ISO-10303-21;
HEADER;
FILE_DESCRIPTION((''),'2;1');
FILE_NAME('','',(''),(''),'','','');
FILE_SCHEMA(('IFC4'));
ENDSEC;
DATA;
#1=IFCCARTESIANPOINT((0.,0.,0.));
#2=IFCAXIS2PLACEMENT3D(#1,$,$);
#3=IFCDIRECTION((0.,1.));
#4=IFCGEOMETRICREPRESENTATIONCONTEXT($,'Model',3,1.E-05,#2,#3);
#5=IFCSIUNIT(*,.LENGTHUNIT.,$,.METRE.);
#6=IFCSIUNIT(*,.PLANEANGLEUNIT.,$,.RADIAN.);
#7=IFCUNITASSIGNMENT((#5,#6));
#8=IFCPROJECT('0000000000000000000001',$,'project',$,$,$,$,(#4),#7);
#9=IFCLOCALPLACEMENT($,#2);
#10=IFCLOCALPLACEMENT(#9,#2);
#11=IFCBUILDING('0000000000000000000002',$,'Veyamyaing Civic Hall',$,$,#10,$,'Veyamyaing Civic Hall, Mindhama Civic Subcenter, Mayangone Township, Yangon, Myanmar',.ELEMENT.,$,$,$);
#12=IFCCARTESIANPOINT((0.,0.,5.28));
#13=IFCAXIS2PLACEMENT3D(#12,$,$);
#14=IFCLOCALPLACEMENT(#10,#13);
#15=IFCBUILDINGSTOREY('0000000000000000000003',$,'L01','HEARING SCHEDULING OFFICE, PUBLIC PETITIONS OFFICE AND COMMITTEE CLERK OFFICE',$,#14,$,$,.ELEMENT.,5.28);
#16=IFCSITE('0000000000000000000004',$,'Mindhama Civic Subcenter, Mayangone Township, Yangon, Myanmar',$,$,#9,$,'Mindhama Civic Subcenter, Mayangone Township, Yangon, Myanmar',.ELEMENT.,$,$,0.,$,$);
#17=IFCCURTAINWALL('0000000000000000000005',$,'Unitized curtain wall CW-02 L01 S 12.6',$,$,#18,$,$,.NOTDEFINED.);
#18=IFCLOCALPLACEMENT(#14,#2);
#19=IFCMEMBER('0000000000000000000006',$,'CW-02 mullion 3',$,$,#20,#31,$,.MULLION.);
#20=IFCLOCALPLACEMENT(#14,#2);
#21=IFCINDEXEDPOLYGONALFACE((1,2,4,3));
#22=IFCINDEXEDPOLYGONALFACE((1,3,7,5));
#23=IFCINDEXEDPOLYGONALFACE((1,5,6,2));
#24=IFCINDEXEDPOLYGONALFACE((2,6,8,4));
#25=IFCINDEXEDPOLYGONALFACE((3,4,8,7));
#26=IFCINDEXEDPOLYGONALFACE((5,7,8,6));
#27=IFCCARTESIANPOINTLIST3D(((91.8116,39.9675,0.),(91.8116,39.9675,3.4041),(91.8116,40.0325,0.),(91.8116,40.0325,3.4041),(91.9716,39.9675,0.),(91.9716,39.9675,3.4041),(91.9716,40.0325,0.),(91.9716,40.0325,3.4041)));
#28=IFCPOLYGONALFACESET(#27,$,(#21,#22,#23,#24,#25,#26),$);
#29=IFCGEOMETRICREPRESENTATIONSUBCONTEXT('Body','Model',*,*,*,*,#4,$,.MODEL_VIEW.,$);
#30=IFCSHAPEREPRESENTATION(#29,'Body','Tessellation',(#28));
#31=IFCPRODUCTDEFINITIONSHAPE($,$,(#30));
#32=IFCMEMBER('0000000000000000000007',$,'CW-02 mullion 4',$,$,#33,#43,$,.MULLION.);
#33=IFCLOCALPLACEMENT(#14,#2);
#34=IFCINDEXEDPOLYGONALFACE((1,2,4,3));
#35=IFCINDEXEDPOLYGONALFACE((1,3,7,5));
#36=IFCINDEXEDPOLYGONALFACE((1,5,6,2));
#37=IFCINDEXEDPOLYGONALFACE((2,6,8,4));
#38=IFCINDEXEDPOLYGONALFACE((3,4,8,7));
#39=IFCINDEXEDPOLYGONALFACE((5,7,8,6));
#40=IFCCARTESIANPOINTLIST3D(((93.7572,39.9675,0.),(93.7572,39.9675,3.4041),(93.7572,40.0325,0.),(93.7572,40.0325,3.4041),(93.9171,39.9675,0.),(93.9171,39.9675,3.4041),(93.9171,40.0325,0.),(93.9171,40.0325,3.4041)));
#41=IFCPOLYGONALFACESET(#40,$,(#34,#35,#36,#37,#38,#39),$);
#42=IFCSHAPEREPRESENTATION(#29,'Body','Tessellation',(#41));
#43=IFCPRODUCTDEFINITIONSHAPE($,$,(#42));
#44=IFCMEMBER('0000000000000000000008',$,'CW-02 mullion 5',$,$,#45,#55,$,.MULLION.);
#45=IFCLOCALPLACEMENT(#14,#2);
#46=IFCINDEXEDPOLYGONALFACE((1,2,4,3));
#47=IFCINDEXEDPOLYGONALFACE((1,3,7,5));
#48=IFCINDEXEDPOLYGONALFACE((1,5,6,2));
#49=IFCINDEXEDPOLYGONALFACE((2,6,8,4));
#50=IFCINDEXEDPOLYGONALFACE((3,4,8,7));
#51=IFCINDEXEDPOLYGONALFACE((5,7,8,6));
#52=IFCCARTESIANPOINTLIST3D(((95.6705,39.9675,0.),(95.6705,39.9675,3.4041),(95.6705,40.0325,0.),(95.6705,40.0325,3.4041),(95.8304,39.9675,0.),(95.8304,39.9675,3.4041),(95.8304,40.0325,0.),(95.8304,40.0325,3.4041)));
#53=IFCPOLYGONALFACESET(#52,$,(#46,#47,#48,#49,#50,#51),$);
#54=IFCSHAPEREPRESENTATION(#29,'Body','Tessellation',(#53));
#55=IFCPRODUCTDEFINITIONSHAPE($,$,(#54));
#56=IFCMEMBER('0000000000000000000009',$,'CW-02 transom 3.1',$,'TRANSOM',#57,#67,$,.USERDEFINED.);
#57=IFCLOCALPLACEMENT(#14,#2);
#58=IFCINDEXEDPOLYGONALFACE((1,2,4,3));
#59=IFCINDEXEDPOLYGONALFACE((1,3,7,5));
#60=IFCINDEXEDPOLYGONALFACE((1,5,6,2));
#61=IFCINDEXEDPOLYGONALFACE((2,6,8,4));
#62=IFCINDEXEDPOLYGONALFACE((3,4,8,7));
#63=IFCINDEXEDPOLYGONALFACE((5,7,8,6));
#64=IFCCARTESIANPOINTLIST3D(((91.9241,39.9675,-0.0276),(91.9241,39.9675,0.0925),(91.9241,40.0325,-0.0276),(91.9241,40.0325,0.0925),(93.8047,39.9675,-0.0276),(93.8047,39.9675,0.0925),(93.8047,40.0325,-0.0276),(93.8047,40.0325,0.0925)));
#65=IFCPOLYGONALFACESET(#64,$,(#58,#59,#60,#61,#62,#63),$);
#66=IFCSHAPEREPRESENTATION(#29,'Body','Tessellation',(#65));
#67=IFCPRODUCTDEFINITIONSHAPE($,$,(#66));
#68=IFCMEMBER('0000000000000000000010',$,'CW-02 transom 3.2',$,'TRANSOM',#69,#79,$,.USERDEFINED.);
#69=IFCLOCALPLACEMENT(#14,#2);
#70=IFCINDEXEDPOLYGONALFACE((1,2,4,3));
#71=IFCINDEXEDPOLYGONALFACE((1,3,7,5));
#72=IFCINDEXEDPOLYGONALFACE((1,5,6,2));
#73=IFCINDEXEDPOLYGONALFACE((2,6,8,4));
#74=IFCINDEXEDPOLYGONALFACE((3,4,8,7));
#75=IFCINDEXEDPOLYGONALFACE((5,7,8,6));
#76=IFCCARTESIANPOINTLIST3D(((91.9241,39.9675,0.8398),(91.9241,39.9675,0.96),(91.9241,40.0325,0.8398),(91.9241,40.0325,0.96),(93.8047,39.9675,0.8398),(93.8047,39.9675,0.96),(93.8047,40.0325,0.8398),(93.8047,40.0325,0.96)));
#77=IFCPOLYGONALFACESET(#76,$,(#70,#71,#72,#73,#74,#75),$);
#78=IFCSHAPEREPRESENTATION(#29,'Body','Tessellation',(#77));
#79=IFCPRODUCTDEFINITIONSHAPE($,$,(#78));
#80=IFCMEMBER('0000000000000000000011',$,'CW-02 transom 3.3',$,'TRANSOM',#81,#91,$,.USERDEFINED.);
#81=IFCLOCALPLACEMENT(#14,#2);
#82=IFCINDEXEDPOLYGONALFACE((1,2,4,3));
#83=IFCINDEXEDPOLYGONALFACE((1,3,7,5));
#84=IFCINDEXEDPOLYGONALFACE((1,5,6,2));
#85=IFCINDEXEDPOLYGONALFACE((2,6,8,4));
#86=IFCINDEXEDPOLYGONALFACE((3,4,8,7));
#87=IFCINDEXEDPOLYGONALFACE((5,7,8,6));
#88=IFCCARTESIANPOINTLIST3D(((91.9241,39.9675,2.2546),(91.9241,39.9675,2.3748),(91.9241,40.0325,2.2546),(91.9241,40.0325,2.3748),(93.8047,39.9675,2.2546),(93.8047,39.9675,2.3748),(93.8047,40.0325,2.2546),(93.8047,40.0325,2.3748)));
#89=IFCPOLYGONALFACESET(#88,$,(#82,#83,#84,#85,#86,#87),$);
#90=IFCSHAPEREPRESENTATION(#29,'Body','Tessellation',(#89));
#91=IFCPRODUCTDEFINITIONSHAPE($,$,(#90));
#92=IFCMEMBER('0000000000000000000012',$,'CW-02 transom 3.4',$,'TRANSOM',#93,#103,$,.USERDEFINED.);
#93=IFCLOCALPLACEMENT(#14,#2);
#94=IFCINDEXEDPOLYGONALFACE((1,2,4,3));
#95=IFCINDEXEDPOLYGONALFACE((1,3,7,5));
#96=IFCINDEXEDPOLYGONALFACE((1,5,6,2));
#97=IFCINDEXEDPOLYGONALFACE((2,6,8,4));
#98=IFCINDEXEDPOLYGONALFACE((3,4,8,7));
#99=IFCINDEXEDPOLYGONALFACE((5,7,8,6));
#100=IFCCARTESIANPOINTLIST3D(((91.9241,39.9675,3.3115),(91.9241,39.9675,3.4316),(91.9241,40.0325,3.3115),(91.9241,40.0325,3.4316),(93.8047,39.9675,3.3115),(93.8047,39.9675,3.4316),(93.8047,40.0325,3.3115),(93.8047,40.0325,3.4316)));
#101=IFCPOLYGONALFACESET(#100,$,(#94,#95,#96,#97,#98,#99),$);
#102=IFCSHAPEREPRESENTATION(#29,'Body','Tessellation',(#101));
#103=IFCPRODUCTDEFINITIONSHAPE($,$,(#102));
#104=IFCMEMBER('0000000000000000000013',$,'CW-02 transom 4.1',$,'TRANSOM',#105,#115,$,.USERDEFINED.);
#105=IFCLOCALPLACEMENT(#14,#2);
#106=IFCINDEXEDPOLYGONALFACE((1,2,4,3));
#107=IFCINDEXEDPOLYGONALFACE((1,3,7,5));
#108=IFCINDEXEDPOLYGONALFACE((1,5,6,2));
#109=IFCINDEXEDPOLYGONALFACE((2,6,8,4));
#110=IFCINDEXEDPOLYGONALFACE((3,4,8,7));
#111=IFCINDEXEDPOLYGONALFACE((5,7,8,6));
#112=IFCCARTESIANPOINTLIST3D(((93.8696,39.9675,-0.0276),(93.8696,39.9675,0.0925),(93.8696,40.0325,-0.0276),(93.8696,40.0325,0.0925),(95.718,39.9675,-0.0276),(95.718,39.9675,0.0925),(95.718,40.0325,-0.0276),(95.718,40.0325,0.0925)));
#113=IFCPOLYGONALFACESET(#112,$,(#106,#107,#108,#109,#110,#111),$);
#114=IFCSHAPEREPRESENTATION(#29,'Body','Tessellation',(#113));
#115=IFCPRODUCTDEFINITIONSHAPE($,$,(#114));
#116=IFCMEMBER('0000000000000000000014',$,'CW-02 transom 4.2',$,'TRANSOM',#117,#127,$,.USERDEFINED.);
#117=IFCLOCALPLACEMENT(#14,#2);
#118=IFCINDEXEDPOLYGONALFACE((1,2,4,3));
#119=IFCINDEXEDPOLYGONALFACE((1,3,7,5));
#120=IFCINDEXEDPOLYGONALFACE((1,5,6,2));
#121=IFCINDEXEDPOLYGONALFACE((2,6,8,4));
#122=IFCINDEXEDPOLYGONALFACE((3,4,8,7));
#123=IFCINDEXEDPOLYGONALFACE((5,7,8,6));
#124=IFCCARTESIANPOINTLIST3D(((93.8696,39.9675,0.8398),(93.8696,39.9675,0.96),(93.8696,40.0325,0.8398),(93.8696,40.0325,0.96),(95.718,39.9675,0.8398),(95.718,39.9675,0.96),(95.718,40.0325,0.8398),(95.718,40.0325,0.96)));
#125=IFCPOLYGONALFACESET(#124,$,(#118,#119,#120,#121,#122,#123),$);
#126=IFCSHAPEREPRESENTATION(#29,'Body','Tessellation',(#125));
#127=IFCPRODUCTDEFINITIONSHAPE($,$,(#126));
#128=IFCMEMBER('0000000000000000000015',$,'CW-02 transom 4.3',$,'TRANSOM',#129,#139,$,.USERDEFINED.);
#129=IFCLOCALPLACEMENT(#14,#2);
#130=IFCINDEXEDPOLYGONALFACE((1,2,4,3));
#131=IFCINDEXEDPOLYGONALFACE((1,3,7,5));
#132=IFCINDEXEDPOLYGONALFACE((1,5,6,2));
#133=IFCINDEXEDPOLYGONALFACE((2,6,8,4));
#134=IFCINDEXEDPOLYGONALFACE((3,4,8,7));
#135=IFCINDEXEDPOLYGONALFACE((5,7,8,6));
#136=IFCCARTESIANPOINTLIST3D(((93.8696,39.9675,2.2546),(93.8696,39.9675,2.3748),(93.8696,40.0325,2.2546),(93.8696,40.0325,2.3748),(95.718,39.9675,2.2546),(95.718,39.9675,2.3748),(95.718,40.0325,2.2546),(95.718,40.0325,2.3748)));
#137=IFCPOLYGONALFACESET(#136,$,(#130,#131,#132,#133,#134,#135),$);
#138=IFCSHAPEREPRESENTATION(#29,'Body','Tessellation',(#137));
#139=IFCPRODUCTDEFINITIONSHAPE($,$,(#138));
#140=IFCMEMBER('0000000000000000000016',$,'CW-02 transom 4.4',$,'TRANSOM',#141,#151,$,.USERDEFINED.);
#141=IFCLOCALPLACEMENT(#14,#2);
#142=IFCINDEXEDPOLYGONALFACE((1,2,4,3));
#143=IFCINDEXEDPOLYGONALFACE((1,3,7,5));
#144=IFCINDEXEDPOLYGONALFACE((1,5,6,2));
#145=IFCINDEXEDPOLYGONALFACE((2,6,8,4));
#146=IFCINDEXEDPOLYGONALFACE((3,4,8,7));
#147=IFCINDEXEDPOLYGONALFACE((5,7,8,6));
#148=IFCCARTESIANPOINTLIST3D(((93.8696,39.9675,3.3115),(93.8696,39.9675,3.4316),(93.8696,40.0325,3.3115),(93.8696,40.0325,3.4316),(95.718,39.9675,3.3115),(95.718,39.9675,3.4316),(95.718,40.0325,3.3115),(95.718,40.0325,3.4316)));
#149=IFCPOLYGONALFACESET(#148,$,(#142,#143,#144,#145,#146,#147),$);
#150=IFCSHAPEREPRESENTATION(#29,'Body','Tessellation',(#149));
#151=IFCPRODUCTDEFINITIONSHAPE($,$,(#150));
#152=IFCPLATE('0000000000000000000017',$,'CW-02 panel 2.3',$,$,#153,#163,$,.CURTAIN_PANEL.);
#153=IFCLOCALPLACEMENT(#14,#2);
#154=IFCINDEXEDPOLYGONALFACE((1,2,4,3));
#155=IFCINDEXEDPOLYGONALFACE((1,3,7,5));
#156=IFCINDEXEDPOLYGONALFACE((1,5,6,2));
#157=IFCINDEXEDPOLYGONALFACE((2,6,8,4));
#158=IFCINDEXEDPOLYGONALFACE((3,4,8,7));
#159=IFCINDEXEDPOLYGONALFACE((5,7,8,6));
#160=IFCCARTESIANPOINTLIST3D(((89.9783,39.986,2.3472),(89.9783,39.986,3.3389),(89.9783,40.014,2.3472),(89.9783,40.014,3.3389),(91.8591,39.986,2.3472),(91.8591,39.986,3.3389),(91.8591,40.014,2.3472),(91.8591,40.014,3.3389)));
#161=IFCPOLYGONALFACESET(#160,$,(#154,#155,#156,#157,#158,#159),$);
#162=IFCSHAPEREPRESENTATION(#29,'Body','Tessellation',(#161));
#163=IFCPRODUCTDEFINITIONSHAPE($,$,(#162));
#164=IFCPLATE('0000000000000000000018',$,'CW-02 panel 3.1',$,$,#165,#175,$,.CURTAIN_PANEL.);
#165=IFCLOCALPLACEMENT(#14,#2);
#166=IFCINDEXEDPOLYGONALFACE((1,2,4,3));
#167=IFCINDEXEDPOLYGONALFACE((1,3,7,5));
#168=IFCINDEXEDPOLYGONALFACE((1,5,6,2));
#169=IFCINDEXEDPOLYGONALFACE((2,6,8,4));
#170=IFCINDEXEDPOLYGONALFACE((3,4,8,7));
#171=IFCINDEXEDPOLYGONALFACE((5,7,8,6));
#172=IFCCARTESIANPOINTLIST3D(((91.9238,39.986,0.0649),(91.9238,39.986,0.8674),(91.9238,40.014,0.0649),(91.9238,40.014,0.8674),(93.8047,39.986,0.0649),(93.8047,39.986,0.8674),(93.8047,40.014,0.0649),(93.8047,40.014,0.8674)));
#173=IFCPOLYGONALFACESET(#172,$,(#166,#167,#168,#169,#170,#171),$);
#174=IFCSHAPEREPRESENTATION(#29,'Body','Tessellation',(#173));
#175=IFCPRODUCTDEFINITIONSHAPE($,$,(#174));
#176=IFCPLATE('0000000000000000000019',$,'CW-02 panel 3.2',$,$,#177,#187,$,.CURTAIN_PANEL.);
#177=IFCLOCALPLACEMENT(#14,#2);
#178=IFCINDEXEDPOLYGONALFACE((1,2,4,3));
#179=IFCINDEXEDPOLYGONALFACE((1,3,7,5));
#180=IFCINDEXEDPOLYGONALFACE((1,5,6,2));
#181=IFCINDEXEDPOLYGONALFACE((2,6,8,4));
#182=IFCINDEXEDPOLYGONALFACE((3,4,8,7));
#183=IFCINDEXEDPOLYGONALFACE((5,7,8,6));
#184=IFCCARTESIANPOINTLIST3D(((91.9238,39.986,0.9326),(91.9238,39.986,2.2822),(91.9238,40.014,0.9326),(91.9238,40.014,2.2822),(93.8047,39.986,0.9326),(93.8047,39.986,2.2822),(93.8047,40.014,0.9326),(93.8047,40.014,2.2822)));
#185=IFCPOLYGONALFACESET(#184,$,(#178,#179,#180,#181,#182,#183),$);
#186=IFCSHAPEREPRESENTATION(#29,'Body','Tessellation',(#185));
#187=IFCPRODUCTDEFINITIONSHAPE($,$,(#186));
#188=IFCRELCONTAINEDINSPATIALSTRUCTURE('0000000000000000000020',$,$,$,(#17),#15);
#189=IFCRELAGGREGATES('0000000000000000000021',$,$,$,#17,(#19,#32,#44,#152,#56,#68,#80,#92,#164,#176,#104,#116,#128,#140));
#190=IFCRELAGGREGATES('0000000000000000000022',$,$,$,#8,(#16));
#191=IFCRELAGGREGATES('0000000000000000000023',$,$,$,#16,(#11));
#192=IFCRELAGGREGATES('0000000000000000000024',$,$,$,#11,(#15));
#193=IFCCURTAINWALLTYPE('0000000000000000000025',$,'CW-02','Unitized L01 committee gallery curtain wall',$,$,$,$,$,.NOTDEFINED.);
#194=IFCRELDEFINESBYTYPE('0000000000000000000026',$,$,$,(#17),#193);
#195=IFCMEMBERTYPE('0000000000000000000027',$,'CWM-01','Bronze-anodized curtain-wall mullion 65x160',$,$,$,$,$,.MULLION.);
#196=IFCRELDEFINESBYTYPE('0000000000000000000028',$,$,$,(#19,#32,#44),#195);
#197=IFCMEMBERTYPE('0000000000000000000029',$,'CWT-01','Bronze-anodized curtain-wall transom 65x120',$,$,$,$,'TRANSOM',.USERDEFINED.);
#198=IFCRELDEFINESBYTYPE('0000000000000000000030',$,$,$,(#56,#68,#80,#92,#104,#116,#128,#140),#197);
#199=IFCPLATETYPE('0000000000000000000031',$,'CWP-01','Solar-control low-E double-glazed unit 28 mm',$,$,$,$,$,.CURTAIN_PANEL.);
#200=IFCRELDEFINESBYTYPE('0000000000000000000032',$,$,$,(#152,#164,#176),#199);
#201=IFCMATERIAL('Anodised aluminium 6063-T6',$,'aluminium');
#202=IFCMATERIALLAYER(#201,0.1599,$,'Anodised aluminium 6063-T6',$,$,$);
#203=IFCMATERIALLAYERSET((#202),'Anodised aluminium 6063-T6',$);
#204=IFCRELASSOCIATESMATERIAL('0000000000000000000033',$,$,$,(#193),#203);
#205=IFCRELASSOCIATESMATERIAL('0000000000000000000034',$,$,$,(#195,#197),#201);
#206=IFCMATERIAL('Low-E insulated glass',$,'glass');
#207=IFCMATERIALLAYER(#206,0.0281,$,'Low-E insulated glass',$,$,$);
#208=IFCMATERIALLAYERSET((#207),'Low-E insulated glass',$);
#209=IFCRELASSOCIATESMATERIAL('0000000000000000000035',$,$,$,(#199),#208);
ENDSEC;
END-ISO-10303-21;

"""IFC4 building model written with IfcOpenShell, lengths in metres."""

from ifc_helpers import new_model, si_unit, direction, frame, origin, origin_2d, place, context, subcontext, project, spatial, rectangle, extrude, material, layer, layer_set, material_profile, profile_set, type_object, element, aggregate, save


model = new_model("IFC4")

# Units and contexts
model_context = context("Model", 3, precision=1e-05, world=origin(), true_north=direction((0.0, 1.0)))
body_context = subcontext(model_context, "Body", "Model", "MODEL_VIEW")
ifc_project = project(units=[si_unit("LENGTHUNIT", "METRE"), si_unit("PLANEANGLEUNIT", "RADIAN")], contexts=[model_context])

# Site, building, storey
site_placement = place(None, origin())
site = spatial("IfcSite", under=ifc_project, at=site_placement, Name="Mindhama Civic Subcenter, Mayangone Township, Yangon, Myanmar", LongName="Mindhama Civic Subcenter, Mayangone Township, Yangon, Myanmar", CompositionType="ELEMENT", RefElevation=0.0)
building_placement = place(site_placement, origin())
building = spatial("IfcBuilding", under=site, at=building_placement, Name="Veyamyaing Civic Hall", LongName="Veyamyaing Civic Hall, Mindhama Civic Subcenter, Mayangone Township, Yangon, Myanmar", CompositionType="ELEMENT")
storey_placement = place(building_placement, frame((0.0, 0.0, 5.28)))
storey = spatial("IfcBuildingStorey", under=building, at=storey_placement, Name="L01", Description="HEARING SCHEDULING OFFICE, PUBLIC PETITIONS OFFICE AND COMMITTEE CLERK OFFICE", CompositionType="ELEMENT", Elevation=5.28)

# Curtain wall, members, plates
ifc_material_1 = material(Name="Anodised aluminium 6063-T6", Category="aluminium")
ifc_layer_1 = layer(ifc_material_1, 0.1599, Name="Anodised aluminium 6063-T6")
ifc_layer_set_1 = layer_set([ifc_layer_1], Name="Anodised aluminium 6063-T6")
curtain_wall_type = type_object("IfcCurtainWallType", Name="CW-02", Description="Unitized L01 committee gallery curtain wall", PredefinedType="NOTDEFINED", material=ifc_layer_set_1)
curtain_wall_placement = place(storey_placement, origin())
curtain_wall = element("IfcCurtainWall", 1, at=curtain_wall_placement, inside=storey, type_object=curtain_wall_type, Name="Unitized curtain wall CW-02 L01 S 12.6", PredefinedType="NOTDEFINED")
ifc_material_profile_1 = material_profile(ifc_material_1, rectangle(XDim=0.0649, YDim=0.1599, at=origin_2d()), Name="ALU-MUL-65X160")
ifc_profile_set_1 = profile_set([ifc_material_profile_1], Name="Anodised aluminium 6063-T6")
member_type_1 = type_object("IfcMemberType", Name="CWM-01", Description="Bronze-anodized curtain-wall mullion 65x160", PredefinedType="MULLION", material=ifc_profile_set_1)
member_1_placement = place(storey_placement, frame((91.8916, 40.0, 0.0), z_axis=(0.0, 0.0, 1.0), x_axis=(0.0, 1.0, 0.0)))
member_1 = element("IfcMember", 2, at=member_1_placement, type_object=member_type_1, Name="CW-02 mullion 3", PredefinedType="MULLION", context=body_context, shape_type="SweptSolid", body=[
    extrude(rectangle(XDim=0.0649, YDim=0.1599, at=origin_2d()), origin(), (0.0, 0.0, 1.0), 3.4041),
])
member_2_placement = place(storey_placement, frame((93.8372, 40.0, 0.0), z_axis=(0.0, 0.0, 1.0), x_axis=(0.0, 1.0, 0.0)))
member_2 = element("IfcMember", 3, at=member_2_placement, type_object=member_type_1, Name="CW-02 mullion 4", PredefinedType="MULLION", context=body_context, shape_type="SweptSolid", body=[
    extrude(rectangle(XDim=0.0649, YDim=0.1599, at=origin_2d()), origin(), (0.0, 0.0, 1.0), 3.4041),
])
member_3_placement = place(storey_placement, frame((95.7505, 40.0, 0.0), z_axis=(0.0, 0.0, 1.0), x_axis=(0.0, 1.0, 0.0)))
member_3 = element("IfcMember", 4, at=member_3_placement, type_object=member_type_1, Name="CW-02 mullion 5", PredefinedType="MULLION", context=body_context, shape_type="SweptSolid", body=[
    extrude(rectangle(XDim=0.0649, YDim=0.1599, at=origin_2d()), origin(), (0.0, 0.0, 1.0), 3.4041),
])
ifc_material_profile_2 = material_profile(ifc_material_1, rectangle(XDim=0.0649, YDim=0.1201, at=origin_2d()), Name="ALU-TRN-65X120")
ifc_profile_set_2 = profile_set([ifc_material_profile_2], Name="Anodised aluminium 6063-T6")
member_type_2 = type_object("IfcMemberType", Name="CWT-01", Description="Bronze-anodized curtain-wall transom 65x120", ElementType="TRANSOM", PredefinedType="USERDEFINED", material=ifc_profile_set_2)
member_4_placement = place(storey_placement, frame((91.9241, 40.0, 0.0325), z_axis=(1.0, 0.0, 0.0), x_axis=(0.0, 1.0, 0.0)))
member_4 = element("IfcMember", 5, at=member_4_placement, type_object=member_type_2, Name="CW-02 transom 3.1", ObjectType="TRANSOM", PredefinedType="USERDEFINED", context=body_context, shape_type="SweptSolid", body=[
    extrude(rectangle(XDim=0.0649, YDim=0.1201, at=origin_2d()), origin(), (0.0, 0.0, 1.0), 1.8806),
])
member_5_placement = place(storey_placement, frame((91.9241, 40.0, 0.8999), z_axis=(1.0, 0.0, 0.0), x_axis=(0.0, 1.0, 0.0)))
member_5 = element("IfcMember", 6, at=member_5_placement, type_object=member_type_2, Name="CW-02 transom 3.2", ObjectType="TRANSOM", PredefinedType="USERDEFINED", context=body_context, shape_type="SweptSolid", body=[
    extrude(rectangle(XDim=0.0649, YDim=0.1201, at=origin_2d()), origin(), (0.0, 0.0, 1.0), 1.8806),
])
member_6_placement = place(storey_placement, frame((91.9241, 40.0, 2.3147), z_axis=(1.0, 0.0, 0.0), x_axis=(0.0, 1.0, 0.0)))
member_6 = element("IfcMember", 7, at=member_6_placement, type_object=member_type_2, Name="CW-02 transom 3.3", ObjectType="TRANSOM", PredefinedType="USERDEFINED", context=body_context, shape_type="SweptSolid", body=[
    extrude(rectangle(XDim=0.0649, YDim=0.1201, at=origin_2d()), origin(), (0.0, 0.0, 1.0), 1.8806),
])
member_7_placement = place(storey_placement, frame((91.9241, 40.0, 3.3716), z_axis=(1.0, 0.0, 0.0), x_axis=(0.0, 1.0, 0.0)))
member_7 = element("IfcMember", 8, at=member_7_placement, type_object=member_type_2, Name="CW-02 transom 3.4", ObjectType="TRANSOM", PredefinedType="USERDEFINED", context=body_context, shape_type="SweptSolid", body=[
    extrude(rectangle(XDim=0.0649, YDim=0.1201, at=origin_2d()), origin(), (0.0, 0.0, 1.0), 1.8806),
])
member_8_placement = place(storey_placement, frame((93.8696, 40.0, 0.0325), z_axis=(1.0, 0.0, 0.0), x_axis=(0.0, 1.0, 0.0)))
member_8 = element("IfcMember", 9, at=member_8_placement, type_object=member_type_2, Name="CW-02 transom 4.1", ObjectType="TRANSOM", PredefinedType="USERDEFINED", context=body_context, shape_type="SweptSolid", body=[
    extrude(rectangle(XDim=0.0649, YDim=0.1201, at=origin_2d()), origin(), (0.0, 0.0, 1.0), 1.8484),
])
member_9_placement = place(storey_placement, frame((93.8696, 40.0, 0.8999), z_axis=(1.0, 0.0, 0.0), x_axis=(0.0, 1.0, 0.0)))
member_9 = element("IfcMember", 10, at=member_9_placement, type_object=member_type_2, Name="CW-02 transom 4.2", ObjectType="TRANSOM", PredefinedType="USERDEFINED", context=body_context, shape_type="SweptSolid", body=[
    extrude(rectangle(XDim=0.0649, YDim=0.1201, at=origin_2d()), origin(), (0.0, 0.0, 1.0), 1.8484),
])
member_10_placement = place(storey_placement, frame((93.8696, 40.0, 2.3147), z_axis=(1.0, 0.0, 0.0), x_axis=(0.0, 1.0, 0.0)))
member_10 = element("IfcMember", 11, at=member_10_placement, type_object=member_type_2, Name="CW-02 transom 4.3", ObjectType="TRANSOM", PredefinedType="USERDEFINED", context=body_context, shape_type="SweptSolid", body=[
    extrude(rectangle(XDim=0.0649, YDim=0.1201, at=origin_2d()), origin(), (0.0, 0.0, 1.0), 1.8484),
])
member_11_placement = place(storey_placement, frame((93.8696, 40.0, 3.3716), z_axis=(1.0, 0.0, 0.0), x_axis=(0.0, 1.0, 0.0)))
member_11 = element("IfcMember", 12, at=member_11_placement, type_object=member_type_2, Name="CW-02 transom 4.4", ObjectType="TRANSOM", PredefinedType="USERDEFINED", context=body_context, shape_type="SweptSolid", body=[
    extrude(rectangle(XDim=0.0649, YDim=0.1201, at=origin_2d()), origin(), (0.0, 0.0, 1.0), 1.8484),
])
ifc_material_2 = material(Name="Low-E insulated glass", Category="glass")
ifc_layer_2 = layer(ifc_material_2, 0.0281, Name="Low-E insulated glass")
ifc_layer_set_2 = layer_set([ifc_layer_2], Name="Low-E insulated glass")
plate_type = type_object("IfcPlateType", Name="CWP-01", Description="Solar-control low-E double-glazed unit 28 mm", PredefinedType="CURTAIN_PANEL", material=ifc_layer_set_2)
plate_1_placement = place(storey_placement, frame((90.9187, 40.0, 2.3472), z_axis=(0.0, 0.0, 1.0), x_axis=(1.0, 0.0, 0.0)))
plate_1 = element("IfcPlate", 13, at=plate_1_placement, type_object=plate_type, Name="CW-02 panel 2.3", PredefinedType="CURTAIN_PANEL", context=body_context, shape_type="SweptSolid", body=[
    extrude(rectangle(XDim=1.8809, YDim=0.0281, at=origin_2d()), origin(), (0.0, 0.0, 1.0), 0.9917),
])
plate_2_placement = place(storey_placement, frame((92.8643, 40.0, 0.0649), z_axis=(0.0, 0.0, 1.0), x_axis=(1.0, 0.0, 0.0)))
plate_2 = element("IfcPlate", 14, at=plate_2_placement, type_object=plate_type, Name="CW-02 panel 3.1", PredefinedType="CURTAIN_PANEL", context=body_context, shape_type="SweptSolid", body=[
    extrude(rectangle(XDim=1.8809, YDim=0.0281, at=origin_2d()), origin(), (0.0, 0.0, 1.0), 0.8025),
])
plate_3_placement = place(storey_placement, frame((92.8643, 40.0, 0.9326), z_axis=(0.0, 0.0, 1.0), x_axis=(1.0, 0.0, 0.0)))
plate_3 = element("IfcPlate", 15, at=plate_3_placement, type_object=plate_type, Name="CW-02 panel 3.2", PredefinedType="CURTAIN_PANEL", context=body_context, shape_type="SweptSolid", body=[
    extrude(rectangle(XDim=1.8809, YDim=0.0281, at=origin_2d()), origin(), (0.0, 0.0, 1.0), 1.3496),
])
aggregate(curtain_wall, [member_1, member_2, member_3, plate_1, member_4, member_5, member_6, member_7, plate_2, plate_3, member_8, member_9, member_10, member_11])

save(model, "model.ifc")
